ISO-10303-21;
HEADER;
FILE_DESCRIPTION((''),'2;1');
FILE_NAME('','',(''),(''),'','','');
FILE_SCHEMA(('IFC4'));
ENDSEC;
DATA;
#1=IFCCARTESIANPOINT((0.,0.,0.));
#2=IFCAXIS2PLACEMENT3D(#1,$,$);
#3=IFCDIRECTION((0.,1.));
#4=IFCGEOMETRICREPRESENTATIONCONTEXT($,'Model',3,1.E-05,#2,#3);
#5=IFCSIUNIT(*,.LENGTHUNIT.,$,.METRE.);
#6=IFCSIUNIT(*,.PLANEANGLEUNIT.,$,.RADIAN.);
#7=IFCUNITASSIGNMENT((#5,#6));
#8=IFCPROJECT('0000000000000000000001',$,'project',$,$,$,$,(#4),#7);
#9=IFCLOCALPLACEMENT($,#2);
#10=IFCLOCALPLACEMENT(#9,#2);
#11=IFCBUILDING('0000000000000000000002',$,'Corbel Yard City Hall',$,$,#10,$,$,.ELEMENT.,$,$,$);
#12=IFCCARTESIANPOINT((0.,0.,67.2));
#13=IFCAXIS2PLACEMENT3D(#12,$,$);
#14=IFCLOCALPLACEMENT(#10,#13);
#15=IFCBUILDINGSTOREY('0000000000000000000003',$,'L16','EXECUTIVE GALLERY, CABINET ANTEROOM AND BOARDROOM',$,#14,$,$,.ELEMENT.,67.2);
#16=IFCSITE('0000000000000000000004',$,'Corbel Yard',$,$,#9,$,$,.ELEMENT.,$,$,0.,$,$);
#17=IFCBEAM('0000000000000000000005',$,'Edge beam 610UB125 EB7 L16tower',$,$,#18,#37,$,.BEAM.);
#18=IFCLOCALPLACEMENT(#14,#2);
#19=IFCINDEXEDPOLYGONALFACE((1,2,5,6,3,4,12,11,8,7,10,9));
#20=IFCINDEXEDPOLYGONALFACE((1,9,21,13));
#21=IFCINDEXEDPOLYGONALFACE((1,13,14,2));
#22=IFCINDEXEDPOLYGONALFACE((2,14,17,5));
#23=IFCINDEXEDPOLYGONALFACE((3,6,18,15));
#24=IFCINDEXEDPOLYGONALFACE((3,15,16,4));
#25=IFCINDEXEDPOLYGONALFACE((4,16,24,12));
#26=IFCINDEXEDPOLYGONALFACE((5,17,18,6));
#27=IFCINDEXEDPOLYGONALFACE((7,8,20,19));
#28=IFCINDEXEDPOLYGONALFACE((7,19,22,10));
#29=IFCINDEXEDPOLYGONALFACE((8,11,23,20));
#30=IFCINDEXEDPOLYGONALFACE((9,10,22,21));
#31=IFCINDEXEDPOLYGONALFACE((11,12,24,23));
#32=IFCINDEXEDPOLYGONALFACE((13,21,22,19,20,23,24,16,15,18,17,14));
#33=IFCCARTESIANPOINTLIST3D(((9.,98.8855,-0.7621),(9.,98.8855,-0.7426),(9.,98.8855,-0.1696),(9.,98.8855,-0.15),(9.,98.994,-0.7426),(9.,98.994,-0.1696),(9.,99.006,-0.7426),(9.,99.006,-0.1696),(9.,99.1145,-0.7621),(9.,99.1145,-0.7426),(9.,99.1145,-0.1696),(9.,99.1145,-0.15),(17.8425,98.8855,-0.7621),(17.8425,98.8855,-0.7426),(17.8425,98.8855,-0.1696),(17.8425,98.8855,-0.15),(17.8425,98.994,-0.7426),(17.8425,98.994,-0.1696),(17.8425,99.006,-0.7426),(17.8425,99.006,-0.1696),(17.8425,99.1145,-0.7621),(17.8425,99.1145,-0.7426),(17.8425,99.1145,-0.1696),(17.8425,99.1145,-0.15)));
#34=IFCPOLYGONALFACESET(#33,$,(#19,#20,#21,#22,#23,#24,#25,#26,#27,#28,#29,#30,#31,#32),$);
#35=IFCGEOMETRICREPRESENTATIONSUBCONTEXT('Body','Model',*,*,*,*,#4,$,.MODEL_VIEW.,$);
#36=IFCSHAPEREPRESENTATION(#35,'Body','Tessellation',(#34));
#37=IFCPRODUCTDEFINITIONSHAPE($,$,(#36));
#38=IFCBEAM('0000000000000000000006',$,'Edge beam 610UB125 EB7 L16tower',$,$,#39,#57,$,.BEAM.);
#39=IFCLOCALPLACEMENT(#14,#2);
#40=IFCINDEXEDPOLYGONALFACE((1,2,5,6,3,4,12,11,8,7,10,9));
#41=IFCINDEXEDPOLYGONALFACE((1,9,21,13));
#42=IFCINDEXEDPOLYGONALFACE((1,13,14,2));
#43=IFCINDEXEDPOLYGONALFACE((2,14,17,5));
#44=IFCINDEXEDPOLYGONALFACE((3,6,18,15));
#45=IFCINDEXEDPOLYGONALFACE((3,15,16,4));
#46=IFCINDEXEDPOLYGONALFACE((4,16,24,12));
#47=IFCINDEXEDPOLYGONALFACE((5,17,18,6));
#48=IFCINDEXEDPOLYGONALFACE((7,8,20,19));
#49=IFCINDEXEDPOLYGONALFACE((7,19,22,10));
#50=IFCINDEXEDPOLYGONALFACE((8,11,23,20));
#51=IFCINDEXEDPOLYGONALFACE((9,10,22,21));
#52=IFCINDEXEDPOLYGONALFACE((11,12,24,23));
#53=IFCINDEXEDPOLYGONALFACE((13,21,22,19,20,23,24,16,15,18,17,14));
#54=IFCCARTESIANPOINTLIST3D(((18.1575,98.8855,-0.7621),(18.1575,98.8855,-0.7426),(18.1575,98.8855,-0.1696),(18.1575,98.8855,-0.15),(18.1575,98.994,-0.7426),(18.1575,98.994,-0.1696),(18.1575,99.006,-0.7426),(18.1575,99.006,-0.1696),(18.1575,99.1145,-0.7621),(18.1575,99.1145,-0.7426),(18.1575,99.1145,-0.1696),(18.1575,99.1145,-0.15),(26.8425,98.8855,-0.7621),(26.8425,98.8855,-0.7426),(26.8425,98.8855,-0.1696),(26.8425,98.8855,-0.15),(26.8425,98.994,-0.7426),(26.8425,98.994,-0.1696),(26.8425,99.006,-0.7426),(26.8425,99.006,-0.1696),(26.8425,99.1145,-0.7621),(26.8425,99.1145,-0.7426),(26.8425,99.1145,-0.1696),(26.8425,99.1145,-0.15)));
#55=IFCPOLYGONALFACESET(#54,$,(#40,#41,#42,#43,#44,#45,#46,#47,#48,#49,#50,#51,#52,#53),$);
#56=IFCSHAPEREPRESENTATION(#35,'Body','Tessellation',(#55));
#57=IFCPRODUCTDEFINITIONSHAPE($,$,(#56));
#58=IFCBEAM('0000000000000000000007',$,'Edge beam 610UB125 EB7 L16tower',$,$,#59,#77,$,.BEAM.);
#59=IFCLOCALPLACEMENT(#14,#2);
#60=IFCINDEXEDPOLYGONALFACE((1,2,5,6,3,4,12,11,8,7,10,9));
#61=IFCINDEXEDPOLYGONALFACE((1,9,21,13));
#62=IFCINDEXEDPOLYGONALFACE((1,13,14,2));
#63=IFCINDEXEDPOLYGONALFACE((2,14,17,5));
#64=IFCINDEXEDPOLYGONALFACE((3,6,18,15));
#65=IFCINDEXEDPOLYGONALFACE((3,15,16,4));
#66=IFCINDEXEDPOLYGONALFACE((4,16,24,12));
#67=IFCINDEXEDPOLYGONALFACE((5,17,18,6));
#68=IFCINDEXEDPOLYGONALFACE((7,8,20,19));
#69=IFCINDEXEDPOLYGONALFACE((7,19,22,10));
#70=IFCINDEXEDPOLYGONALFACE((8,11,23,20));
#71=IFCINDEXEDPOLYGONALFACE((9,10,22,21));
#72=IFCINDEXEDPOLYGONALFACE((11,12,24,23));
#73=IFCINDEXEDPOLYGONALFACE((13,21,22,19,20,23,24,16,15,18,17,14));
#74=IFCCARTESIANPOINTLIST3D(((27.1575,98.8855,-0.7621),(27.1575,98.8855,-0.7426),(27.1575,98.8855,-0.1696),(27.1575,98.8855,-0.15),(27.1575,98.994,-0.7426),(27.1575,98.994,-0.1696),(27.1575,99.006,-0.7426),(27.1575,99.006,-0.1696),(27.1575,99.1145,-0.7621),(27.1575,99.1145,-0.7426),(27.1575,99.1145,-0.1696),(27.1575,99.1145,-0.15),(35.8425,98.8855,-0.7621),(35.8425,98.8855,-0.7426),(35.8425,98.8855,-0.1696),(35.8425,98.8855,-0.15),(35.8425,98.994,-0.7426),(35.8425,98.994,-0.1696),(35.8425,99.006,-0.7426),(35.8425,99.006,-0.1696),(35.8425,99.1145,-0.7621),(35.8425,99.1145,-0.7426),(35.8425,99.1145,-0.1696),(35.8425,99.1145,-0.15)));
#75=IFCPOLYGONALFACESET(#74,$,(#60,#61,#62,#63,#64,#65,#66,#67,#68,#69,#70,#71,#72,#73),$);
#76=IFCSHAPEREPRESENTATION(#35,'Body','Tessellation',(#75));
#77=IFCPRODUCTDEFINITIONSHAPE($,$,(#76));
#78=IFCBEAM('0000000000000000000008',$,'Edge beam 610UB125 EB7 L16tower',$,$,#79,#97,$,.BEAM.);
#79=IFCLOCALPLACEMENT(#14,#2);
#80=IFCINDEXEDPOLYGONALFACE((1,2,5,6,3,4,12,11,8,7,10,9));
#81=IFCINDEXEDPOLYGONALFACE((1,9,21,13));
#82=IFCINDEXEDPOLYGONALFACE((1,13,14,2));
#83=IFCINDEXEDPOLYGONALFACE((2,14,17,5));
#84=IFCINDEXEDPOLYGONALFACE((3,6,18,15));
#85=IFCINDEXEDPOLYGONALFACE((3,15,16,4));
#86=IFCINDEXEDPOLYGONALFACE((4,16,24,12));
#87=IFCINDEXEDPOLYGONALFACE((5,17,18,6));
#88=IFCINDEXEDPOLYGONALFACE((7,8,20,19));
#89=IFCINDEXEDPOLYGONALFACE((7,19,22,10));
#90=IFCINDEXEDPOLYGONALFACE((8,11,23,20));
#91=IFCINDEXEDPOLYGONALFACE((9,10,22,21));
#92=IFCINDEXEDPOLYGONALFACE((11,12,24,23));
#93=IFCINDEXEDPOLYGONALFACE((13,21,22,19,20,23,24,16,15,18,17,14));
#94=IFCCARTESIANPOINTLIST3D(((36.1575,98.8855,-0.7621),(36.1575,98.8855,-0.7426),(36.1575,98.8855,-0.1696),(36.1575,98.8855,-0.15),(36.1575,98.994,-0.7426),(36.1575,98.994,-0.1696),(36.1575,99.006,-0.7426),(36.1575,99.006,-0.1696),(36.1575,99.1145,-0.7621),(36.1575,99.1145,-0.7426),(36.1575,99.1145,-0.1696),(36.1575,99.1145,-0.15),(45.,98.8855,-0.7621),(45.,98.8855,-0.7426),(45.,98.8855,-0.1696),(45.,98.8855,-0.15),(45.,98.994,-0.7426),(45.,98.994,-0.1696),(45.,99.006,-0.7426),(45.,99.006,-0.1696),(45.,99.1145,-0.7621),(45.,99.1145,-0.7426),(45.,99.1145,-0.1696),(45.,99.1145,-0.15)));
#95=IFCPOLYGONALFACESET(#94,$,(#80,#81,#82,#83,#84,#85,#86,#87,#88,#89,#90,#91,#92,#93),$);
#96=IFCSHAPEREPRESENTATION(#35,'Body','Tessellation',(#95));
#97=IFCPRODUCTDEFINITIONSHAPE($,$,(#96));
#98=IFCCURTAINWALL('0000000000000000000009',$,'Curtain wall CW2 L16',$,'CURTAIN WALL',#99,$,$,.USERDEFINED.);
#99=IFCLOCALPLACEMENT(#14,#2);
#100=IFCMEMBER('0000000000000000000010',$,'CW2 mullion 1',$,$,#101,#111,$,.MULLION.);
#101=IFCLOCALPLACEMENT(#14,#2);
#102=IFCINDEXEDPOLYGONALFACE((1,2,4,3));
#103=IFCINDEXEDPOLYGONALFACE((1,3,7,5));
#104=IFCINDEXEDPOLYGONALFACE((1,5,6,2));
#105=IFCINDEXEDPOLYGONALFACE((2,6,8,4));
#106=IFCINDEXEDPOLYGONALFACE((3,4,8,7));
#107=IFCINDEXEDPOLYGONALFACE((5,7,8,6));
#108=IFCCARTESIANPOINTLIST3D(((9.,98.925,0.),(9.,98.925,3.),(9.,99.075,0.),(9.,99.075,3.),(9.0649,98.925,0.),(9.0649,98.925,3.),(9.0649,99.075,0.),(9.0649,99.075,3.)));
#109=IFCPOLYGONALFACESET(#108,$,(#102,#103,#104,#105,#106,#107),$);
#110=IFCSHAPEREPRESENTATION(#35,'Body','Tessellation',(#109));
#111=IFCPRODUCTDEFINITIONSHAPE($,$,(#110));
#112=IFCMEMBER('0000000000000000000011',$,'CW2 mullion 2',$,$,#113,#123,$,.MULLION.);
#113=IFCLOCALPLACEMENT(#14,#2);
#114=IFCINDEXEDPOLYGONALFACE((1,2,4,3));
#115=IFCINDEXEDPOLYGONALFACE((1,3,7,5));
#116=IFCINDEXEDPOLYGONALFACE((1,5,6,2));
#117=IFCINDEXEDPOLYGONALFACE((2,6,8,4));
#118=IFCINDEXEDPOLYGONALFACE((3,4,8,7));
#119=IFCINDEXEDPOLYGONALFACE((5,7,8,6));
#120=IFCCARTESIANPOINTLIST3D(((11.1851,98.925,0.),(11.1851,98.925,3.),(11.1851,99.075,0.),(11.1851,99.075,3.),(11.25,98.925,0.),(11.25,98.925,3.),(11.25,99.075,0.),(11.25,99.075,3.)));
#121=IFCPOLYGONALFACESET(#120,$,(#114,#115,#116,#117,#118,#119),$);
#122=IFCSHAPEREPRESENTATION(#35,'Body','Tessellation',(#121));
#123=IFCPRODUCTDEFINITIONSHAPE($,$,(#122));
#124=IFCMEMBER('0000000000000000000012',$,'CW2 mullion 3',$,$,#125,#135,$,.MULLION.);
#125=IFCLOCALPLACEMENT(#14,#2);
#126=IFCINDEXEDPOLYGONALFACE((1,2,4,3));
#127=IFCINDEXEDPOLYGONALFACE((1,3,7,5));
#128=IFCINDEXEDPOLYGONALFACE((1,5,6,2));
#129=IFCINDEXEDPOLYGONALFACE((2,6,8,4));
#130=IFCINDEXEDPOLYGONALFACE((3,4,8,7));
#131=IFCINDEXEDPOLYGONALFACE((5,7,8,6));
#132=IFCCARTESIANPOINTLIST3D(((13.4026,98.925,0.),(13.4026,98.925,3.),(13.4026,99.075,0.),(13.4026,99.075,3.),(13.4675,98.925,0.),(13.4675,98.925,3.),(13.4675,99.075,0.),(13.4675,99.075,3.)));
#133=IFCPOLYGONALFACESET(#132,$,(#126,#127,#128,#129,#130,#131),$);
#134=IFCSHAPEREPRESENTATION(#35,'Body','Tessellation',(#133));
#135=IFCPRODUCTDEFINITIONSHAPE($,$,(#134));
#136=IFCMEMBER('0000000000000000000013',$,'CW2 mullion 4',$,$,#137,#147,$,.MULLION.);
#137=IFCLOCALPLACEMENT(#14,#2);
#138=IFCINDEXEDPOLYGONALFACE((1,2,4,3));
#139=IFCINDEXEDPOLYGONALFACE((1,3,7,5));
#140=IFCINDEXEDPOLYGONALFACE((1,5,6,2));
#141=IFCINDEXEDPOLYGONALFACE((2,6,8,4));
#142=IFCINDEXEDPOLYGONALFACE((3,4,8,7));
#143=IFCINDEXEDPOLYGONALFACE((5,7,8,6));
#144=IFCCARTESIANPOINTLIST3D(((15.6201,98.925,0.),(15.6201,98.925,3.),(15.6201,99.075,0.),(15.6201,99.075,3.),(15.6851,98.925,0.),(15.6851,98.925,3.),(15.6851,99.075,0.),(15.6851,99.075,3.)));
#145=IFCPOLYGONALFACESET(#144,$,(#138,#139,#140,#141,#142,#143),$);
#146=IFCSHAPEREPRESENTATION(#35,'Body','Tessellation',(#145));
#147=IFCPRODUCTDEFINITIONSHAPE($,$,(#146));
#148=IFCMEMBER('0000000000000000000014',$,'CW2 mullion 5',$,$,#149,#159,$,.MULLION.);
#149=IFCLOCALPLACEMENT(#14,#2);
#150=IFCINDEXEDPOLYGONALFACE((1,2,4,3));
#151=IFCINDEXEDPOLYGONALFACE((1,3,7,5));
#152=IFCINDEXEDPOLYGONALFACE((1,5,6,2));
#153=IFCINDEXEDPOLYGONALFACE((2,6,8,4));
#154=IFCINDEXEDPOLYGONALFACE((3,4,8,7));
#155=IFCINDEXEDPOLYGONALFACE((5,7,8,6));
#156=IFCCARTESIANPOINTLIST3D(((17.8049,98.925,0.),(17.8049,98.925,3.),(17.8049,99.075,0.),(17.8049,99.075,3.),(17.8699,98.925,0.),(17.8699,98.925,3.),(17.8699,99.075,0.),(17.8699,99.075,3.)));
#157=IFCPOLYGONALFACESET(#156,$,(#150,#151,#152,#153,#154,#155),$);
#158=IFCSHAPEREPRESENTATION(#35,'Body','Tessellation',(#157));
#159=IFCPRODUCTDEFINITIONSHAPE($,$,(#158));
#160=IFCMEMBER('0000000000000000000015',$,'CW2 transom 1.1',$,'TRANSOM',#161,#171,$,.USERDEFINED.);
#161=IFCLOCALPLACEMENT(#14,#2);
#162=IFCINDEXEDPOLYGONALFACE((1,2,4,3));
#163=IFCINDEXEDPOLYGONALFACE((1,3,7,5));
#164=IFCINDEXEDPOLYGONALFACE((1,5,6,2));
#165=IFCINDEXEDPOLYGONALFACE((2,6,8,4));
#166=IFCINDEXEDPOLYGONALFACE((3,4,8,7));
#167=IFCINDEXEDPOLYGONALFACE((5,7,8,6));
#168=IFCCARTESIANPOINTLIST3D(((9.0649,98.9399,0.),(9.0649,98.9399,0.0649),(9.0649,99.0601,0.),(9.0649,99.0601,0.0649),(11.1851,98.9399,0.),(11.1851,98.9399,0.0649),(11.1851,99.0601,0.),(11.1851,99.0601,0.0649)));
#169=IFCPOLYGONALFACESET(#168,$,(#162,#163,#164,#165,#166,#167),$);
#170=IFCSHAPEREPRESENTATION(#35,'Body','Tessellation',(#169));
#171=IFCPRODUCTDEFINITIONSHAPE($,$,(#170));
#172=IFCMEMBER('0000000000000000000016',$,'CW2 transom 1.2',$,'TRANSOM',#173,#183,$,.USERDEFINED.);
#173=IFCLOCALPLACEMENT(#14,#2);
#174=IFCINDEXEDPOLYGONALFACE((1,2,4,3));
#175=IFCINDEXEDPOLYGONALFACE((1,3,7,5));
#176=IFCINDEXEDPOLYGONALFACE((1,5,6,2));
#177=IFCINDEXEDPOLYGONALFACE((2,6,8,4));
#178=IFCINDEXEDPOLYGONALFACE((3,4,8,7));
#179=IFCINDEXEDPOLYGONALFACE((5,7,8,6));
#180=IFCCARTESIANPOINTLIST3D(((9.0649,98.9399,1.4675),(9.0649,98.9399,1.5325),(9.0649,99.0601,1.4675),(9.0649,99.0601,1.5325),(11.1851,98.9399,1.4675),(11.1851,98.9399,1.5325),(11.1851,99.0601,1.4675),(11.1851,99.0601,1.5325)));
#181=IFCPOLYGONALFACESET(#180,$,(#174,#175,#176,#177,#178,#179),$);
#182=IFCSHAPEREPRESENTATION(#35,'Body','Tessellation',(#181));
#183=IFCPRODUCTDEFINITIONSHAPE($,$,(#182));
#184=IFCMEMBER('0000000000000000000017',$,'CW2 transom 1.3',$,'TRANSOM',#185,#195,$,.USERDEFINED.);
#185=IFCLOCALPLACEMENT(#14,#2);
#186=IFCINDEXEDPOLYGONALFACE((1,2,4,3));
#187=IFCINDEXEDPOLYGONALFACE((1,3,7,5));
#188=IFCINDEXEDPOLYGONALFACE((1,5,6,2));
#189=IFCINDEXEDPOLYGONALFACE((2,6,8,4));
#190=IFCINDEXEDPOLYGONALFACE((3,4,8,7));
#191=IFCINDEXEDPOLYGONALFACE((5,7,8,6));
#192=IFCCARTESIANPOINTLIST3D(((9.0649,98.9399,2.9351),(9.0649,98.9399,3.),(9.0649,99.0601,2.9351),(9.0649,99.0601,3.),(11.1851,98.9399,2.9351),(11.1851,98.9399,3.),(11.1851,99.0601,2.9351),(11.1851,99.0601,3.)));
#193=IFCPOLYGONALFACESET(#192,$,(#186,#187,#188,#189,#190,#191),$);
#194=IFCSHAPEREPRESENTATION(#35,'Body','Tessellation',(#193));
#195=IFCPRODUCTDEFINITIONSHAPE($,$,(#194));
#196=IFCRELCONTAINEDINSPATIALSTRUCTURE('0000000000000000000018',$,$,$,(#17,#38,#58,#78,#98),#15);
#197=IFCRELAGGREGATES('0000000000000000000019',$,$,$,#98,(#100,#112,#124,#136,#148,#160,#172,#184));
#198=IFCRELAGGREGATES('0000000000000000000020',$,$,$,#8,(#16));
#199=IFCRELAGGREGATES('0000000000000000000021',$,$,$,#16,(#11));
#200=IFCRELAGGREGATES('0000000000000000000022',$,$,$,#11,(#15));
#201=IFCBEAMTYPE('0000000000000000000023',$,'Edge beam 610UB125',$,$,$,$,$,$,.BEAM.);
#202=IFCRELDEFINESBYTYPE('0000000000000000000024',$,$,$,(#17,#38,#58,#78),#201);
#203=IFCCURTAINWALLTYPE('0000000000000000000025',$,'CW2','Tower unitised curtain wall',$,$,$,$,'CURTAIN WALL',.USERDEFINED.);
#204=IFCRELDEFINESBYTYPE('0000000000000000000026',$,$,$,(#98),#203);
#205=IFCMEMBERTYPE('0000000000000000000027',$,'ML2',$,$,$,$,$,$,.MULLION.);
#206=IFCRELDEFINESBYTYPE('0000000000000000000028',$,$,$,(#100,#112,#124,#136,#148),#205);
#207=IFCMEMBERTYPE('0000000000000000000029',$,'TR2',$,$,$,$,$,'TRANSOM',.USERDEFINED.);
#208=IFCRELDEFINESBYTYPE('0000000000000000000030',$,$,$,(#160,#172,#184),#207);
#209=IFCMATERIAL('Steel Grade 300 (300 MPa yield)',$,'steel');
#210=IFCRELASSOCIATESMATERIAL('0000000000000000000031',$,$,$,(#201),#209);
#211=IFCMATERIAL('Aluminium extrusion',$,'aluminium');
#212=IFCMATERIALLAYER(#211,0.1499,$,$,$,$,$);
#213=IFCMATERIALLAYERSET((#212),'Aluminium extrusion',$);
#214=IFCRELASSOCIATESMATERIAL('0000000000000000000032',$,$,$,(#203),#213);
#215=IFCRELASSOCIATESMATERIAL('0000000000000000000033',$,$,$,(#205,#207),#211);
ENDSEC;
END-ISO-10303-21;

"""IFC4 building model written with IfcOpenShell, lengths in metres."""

from ifc_helpers import new_model, si_unit, direction, frame, origin, origin_2d, place, context, subcontext, project, spatial, rectangle, i_section, extrude, material, layer, layer_set, material_profile, profile_set, type_object, element, aggregate, save


model = new_model("IFC4")

# Units and contexts
model_context = context("Model", 3, precision=1e-05, world=origin(), true_north=direction((0.0, 1.0)))
body_context = subcontext(model_context, "Body", "Model", "MODEL_VIEW")
ifc_project = project(units=[si_unit("LENGTHUNIT", "METRE"), si_unit("PLANEANGLEUNIT", "RADIAN")], contexts=[model_context])

# Site, building, storey
site_placement = place(None, origin())
site = spatial("IfcSite", under=ifc_project, at=site_placement, Name="Corbel Yard", CompositionType="ELEMENT", RefElevation=0.0)
building_placement = place(site_placement, origin())
building = spatial("IfcBuilding", under=site, at=building_placement, Name="Corbel Yard City Hall", CompositionType="ELEMENT")
storey_placement = place(building_placement, frame((0.0, 0.0, 67.2)))
storey = spatial("IfcBuildingStorey", under=building, at=storey_placement, Name="L16", Description="EXECUTIVE GALLERY, CABINET ANTEROOM AND BOARDROOM", CompositionType="ELEMENT", Elevation=67.2)

# Beams
ifc_material_1 = material(Name="Steel Grade 300 (300 MPa yield)", Category="steel")
ifc_material_profile_1 = material_profile(ifc_material_1, i_section(OverallWidth=0.229, OverallDepth=0.6121, WebThickness=0.012, FlangeThickness=0.0195, at=origin_2d()), Name="610UB125")
ifc_profile_set_1 = profile_set([ifc_material_profile_1], Name="Steel Grade 300 (300 MPa yield)")
beam_type = type_object("IfcBeamType", Name="Edge beam 610UB125", PredefinedType="BEAM", material=ifc_profile_set_1)
beam_1_placement = place(storey_placement, frame((9.0, 99.0, -0.4561), z_axis=(1.0, 0.0, 0.0), x_axis=(0.0, 1.0, 0.0)))
element("IfcBeam", 1, at=beam_1_placement, inside=storey, type_object=beam_type, Name="Edge beam 610UB125 EB7 L16tower", PredefinedType="BEAM", context=body_context, shape_type="SweptSolid", body=[
    extrude(i_section(OverallWidth=0.229, OverallDepth=0.6121, WebThickness=0.012, FlangeThickness=0.0195, at=origin_2d()), origin(), (0.0, 0.0, 1.0), 8.8425),
])
for number, where, z_axis, x_axis, name in (
    (2, (18.1575, 99.0, -0.4561), (1.0, 0.0, 0.0), (0.0, 1.0, 0.0), "Edge beam 610UB125 EB7 L16tower"),
    (3, (27.1575, 99.0, -0.4561), (1.0, 0.0, 0.0), (0.0, 1.0, 0.0), "Edge beam 610UB125 EB7 L16tower"),
):
    element("IfcBeam", number, at=place(storey_placement, frame(where, z_axis=z_axis, x_axis=x_axis)), inside=storey, type_object=beam_type, Name=name, PredefinedType="BEAM", context=body_context, shape_type="SweptSolid", body=[
        extrude(i_section(OverallWidth=0.229, OverallDepth=0.6121, WebThickness=0.012, FlangeThickness=0.0195, at=origin_2d()), origin(), (0.0, 0.0, 1.0), 8.6851),
    ])
beam_2_placement = place(storey_placement, frame((36.1575, 99.0, -0.4561), z_axis=(1.0, 0.0, 0.0), x_axis=(0.0, 1.0, 0.0)))
element("IfcBeam", 4, at=beam_2_placement, inside=storey, type_object=beam_type, Name="Edge beam 610UB125 EB7 L16tower", PredefinedType="BEAM", context=body_context, shape_type="SweptSolid", body=[
    extrude(i_section(OverallWidth=0.229, OverallDepth=0.6121, WebThickness=0.012, FlangeThickness=0.0195, at=origin_2d()), origin(), (0.0, 0.0, 1.0), 8.8425),
])

# Curtain wall, members
ifc_material_2 = material(Name="Aluminium extrusion", Category="aluminium")
ifc_layer_1 = layer(ifc_material_2, 0.1499)
ifc_layer_set_1 = layer_set([ifc_layer_1], Name="Aluminium extrusion")
curtain_wall_type = type_object("IfcCurtainWallType", Name="CW2", Description="Tower unitised curtain wall", ElementType="CURTAIN WALL", PredefinedType="USERDEFINED", material=ifc_layer_set_1)
curtain_wall_placement = place(storey_placement, origin())
curtain_wall = element("IfcCurtainWall", 5, at=curtain_wall_placement, inside=storey, type_object=curtain_wall_type, Name="Curtain wall CW2 L16", ObjectType="CURTAIN WALL", PredefinedType="USERDEFINED")
ifc_material_profile_2 = material_profile(ifc_material_2, rectangle(XDim=0.1499, YDim=0.0649, at=origin_2d()), Name="150x65")
ifc_profile_set_2 = profile_set([ifc_material_profile_2], Name="Aluminium extrusion")
member_type_1 = type_object("IfcMemberType", Name="ML2", PredefinedType="MULLION", material=ifc_profile_set_2)
member_1_placement = place(storey_placement, frame((9.0325, 99.0, 0.0), z_axis=(0.0, 0.0, 1.0), x_axis=(0.0, 1.0, 0.0)))
member_1 = element("IfcMember", 6, at=member_1_placement, type_object=member_type_1, Name="CW2 mullion 1", PredefinedType="MULLION", context=body_context, shape_type="SweptSolid", body=[
    extrude(rectangle(XDim=0.1499, YDim=0.0649, at=origin_2d()), origin(), (0.0, 0.0, 1.0), 3.0),
])
member_2_placement = place(storey_placement, frame((11.2175, 99.0, 0.0), z_axis=(0.0, 0.0, 1.0), x_axis=(0.0, 1.0, 0.0)))
member_2 = element("IfcMember", 7, at=member_2_placement, type_object=member_type_1, Name="CW2 mullion 2", PredefinedType="MULLION", context=body_context, shape_type="SweptSolid", body=[
    extrude(rectangle(XDim=0.1499, YDim=0.0649, at=origin_2d()), origin(), (0.0, 0.0, 1.0), 3.0),
])
member_3_placement = place(storey_placement, frame((13.4351, 99.0, 0.0), z_axis=(0.0, 0.0, 1.0), x_axis=(0.0, 1.0, 0.0)))
member_3 = element("IfcMember", 8, at=member_3_placement, type_object=member_type_1, Name="CW2 mullion 3", PredefinedType="MULLION", context=body_context, shape_type="SweptSolid", body=[
    extrude(rectangle(XDim=0.1499, YDim=0.0649, at=origin_2d()), origin(), (0.0, 0.0, 1.0), 3.0),
])
member_4_placement = place(storey_placement, frame((15.6526, 99.0, 0.0), z_axis=(0.0, 0.0, 1.0), x_axis=(0.0, 1.0, 0.0)))
member_4 = element("IfcMember", 9, at=member_4_placement, type_object=member_type_1, Name="CW2 mullion 4", PredefinedType="MULLION", context=body_context, shape_type="SweptSolid", body=[
    extrude(rectangle(XDim=0.1499, YDim=0.0649, at=origin_2d()), origin(), (0.0, 0.0, 1.0), 3.0),
])
member_5_placement = place(storey_placement, frame((17.8374, 99.0, 0.0), z_axis=(0.0, 0.0, 1.0), x_axis=(0.0, 1.0, 0.0)))
member_5 = element("IfcMember", 10, at=member_5_placement, type_object=member_type_1, Name="CW2 mullion 5", PredefinedType="MULLION", context=body_context, shape_type="SweptSolid", body=[
    extrude(rectangle(XDim=0.1499, YDim=0.0649, at=origin_2d()), origin(), (0.0, 0.0, 1.0), 3.0),
])
ifc_material_profile_3 = material_profile(ifc_material_2, rectangle(XDim=0.1201, YDim=0.0649, at=origin_2d()), Name="120x65")
ifc_profile_set_3 = profile_set([ifc_material_profile_3], Name="Aluminium extrusion")
member_type_2 = type_object("IfcMemberType", Name="TR2", ElementType="TRANSOM", PredefinedType="USERDEFINED", material=ifc_profile_set_3)
member_6_placement = place(storey_placement, frame((9.0649, 99.0, 0.0325), z_axis=(1.0, 0.0, 0.0), x_axis=(0.0, 1.0, 0.0)))
member_6 = element("IfcMember", 11, at=member_6_placement, type_object=member_type_2, Name="CW2 transom 1.1", ObjectType="TRANSOM", PredefinedType="USERDEFINED", context=body_context, shape_type="SweptSolid", body=[
    extrude(rectangle(XDim=0.1201, YDim=0.0649, at=origin_2d()), origin(), (0.0, 0.0, 1.0), 2.1201),
])
member_7_placement = place(storey_placement, frame((9.0649, 99.0, 1.5), z_axis=(1.0, 0.0, 0.0), x_axis=(0.0, 1.0, 0.0)))
member_7 = element("IfcMember", 12, at=member_7_placement, type_object=member_type_2, Name="CW2 transom 1.2", ObjectType="TRANSOM", PredefinedType="USERDEFINED", context=body_context, shape_type="SweptSolid", body=[
    extrude(rectangle(XDim=0.1201, YDim=0.0649, at=origin_2d()), origin(), (0.0, 0.0, 1.0), 2.1201),
])
member_8_placement = place(storey_placement, frame((9.0649, 99.0, 2.9675), z_axis=(1.0, 0.0, 0.0), x_axis=(0.0, 1.0, 0.0)))
member_8 = element("IfcMember", 13, at=member_8_placement, type_object=member_type_2, Name="CW2 transom 1.3", ObjectType="TRANSOM", PredefinedType="USERDEFINED", context=body_context, shape_type="SweptSolid", body=[
    extrude(rectangle(XDim=0.1201, YDim=0.0649, at=origin_2d()), origin(), (0.0, 0.0, 1.0), 2.1201),
])
aggregate(curtain_wall, [member_1, member_2, member_3, member_4, member_5, member_6, member_7, member_8])

save(model, "model.ifc")
